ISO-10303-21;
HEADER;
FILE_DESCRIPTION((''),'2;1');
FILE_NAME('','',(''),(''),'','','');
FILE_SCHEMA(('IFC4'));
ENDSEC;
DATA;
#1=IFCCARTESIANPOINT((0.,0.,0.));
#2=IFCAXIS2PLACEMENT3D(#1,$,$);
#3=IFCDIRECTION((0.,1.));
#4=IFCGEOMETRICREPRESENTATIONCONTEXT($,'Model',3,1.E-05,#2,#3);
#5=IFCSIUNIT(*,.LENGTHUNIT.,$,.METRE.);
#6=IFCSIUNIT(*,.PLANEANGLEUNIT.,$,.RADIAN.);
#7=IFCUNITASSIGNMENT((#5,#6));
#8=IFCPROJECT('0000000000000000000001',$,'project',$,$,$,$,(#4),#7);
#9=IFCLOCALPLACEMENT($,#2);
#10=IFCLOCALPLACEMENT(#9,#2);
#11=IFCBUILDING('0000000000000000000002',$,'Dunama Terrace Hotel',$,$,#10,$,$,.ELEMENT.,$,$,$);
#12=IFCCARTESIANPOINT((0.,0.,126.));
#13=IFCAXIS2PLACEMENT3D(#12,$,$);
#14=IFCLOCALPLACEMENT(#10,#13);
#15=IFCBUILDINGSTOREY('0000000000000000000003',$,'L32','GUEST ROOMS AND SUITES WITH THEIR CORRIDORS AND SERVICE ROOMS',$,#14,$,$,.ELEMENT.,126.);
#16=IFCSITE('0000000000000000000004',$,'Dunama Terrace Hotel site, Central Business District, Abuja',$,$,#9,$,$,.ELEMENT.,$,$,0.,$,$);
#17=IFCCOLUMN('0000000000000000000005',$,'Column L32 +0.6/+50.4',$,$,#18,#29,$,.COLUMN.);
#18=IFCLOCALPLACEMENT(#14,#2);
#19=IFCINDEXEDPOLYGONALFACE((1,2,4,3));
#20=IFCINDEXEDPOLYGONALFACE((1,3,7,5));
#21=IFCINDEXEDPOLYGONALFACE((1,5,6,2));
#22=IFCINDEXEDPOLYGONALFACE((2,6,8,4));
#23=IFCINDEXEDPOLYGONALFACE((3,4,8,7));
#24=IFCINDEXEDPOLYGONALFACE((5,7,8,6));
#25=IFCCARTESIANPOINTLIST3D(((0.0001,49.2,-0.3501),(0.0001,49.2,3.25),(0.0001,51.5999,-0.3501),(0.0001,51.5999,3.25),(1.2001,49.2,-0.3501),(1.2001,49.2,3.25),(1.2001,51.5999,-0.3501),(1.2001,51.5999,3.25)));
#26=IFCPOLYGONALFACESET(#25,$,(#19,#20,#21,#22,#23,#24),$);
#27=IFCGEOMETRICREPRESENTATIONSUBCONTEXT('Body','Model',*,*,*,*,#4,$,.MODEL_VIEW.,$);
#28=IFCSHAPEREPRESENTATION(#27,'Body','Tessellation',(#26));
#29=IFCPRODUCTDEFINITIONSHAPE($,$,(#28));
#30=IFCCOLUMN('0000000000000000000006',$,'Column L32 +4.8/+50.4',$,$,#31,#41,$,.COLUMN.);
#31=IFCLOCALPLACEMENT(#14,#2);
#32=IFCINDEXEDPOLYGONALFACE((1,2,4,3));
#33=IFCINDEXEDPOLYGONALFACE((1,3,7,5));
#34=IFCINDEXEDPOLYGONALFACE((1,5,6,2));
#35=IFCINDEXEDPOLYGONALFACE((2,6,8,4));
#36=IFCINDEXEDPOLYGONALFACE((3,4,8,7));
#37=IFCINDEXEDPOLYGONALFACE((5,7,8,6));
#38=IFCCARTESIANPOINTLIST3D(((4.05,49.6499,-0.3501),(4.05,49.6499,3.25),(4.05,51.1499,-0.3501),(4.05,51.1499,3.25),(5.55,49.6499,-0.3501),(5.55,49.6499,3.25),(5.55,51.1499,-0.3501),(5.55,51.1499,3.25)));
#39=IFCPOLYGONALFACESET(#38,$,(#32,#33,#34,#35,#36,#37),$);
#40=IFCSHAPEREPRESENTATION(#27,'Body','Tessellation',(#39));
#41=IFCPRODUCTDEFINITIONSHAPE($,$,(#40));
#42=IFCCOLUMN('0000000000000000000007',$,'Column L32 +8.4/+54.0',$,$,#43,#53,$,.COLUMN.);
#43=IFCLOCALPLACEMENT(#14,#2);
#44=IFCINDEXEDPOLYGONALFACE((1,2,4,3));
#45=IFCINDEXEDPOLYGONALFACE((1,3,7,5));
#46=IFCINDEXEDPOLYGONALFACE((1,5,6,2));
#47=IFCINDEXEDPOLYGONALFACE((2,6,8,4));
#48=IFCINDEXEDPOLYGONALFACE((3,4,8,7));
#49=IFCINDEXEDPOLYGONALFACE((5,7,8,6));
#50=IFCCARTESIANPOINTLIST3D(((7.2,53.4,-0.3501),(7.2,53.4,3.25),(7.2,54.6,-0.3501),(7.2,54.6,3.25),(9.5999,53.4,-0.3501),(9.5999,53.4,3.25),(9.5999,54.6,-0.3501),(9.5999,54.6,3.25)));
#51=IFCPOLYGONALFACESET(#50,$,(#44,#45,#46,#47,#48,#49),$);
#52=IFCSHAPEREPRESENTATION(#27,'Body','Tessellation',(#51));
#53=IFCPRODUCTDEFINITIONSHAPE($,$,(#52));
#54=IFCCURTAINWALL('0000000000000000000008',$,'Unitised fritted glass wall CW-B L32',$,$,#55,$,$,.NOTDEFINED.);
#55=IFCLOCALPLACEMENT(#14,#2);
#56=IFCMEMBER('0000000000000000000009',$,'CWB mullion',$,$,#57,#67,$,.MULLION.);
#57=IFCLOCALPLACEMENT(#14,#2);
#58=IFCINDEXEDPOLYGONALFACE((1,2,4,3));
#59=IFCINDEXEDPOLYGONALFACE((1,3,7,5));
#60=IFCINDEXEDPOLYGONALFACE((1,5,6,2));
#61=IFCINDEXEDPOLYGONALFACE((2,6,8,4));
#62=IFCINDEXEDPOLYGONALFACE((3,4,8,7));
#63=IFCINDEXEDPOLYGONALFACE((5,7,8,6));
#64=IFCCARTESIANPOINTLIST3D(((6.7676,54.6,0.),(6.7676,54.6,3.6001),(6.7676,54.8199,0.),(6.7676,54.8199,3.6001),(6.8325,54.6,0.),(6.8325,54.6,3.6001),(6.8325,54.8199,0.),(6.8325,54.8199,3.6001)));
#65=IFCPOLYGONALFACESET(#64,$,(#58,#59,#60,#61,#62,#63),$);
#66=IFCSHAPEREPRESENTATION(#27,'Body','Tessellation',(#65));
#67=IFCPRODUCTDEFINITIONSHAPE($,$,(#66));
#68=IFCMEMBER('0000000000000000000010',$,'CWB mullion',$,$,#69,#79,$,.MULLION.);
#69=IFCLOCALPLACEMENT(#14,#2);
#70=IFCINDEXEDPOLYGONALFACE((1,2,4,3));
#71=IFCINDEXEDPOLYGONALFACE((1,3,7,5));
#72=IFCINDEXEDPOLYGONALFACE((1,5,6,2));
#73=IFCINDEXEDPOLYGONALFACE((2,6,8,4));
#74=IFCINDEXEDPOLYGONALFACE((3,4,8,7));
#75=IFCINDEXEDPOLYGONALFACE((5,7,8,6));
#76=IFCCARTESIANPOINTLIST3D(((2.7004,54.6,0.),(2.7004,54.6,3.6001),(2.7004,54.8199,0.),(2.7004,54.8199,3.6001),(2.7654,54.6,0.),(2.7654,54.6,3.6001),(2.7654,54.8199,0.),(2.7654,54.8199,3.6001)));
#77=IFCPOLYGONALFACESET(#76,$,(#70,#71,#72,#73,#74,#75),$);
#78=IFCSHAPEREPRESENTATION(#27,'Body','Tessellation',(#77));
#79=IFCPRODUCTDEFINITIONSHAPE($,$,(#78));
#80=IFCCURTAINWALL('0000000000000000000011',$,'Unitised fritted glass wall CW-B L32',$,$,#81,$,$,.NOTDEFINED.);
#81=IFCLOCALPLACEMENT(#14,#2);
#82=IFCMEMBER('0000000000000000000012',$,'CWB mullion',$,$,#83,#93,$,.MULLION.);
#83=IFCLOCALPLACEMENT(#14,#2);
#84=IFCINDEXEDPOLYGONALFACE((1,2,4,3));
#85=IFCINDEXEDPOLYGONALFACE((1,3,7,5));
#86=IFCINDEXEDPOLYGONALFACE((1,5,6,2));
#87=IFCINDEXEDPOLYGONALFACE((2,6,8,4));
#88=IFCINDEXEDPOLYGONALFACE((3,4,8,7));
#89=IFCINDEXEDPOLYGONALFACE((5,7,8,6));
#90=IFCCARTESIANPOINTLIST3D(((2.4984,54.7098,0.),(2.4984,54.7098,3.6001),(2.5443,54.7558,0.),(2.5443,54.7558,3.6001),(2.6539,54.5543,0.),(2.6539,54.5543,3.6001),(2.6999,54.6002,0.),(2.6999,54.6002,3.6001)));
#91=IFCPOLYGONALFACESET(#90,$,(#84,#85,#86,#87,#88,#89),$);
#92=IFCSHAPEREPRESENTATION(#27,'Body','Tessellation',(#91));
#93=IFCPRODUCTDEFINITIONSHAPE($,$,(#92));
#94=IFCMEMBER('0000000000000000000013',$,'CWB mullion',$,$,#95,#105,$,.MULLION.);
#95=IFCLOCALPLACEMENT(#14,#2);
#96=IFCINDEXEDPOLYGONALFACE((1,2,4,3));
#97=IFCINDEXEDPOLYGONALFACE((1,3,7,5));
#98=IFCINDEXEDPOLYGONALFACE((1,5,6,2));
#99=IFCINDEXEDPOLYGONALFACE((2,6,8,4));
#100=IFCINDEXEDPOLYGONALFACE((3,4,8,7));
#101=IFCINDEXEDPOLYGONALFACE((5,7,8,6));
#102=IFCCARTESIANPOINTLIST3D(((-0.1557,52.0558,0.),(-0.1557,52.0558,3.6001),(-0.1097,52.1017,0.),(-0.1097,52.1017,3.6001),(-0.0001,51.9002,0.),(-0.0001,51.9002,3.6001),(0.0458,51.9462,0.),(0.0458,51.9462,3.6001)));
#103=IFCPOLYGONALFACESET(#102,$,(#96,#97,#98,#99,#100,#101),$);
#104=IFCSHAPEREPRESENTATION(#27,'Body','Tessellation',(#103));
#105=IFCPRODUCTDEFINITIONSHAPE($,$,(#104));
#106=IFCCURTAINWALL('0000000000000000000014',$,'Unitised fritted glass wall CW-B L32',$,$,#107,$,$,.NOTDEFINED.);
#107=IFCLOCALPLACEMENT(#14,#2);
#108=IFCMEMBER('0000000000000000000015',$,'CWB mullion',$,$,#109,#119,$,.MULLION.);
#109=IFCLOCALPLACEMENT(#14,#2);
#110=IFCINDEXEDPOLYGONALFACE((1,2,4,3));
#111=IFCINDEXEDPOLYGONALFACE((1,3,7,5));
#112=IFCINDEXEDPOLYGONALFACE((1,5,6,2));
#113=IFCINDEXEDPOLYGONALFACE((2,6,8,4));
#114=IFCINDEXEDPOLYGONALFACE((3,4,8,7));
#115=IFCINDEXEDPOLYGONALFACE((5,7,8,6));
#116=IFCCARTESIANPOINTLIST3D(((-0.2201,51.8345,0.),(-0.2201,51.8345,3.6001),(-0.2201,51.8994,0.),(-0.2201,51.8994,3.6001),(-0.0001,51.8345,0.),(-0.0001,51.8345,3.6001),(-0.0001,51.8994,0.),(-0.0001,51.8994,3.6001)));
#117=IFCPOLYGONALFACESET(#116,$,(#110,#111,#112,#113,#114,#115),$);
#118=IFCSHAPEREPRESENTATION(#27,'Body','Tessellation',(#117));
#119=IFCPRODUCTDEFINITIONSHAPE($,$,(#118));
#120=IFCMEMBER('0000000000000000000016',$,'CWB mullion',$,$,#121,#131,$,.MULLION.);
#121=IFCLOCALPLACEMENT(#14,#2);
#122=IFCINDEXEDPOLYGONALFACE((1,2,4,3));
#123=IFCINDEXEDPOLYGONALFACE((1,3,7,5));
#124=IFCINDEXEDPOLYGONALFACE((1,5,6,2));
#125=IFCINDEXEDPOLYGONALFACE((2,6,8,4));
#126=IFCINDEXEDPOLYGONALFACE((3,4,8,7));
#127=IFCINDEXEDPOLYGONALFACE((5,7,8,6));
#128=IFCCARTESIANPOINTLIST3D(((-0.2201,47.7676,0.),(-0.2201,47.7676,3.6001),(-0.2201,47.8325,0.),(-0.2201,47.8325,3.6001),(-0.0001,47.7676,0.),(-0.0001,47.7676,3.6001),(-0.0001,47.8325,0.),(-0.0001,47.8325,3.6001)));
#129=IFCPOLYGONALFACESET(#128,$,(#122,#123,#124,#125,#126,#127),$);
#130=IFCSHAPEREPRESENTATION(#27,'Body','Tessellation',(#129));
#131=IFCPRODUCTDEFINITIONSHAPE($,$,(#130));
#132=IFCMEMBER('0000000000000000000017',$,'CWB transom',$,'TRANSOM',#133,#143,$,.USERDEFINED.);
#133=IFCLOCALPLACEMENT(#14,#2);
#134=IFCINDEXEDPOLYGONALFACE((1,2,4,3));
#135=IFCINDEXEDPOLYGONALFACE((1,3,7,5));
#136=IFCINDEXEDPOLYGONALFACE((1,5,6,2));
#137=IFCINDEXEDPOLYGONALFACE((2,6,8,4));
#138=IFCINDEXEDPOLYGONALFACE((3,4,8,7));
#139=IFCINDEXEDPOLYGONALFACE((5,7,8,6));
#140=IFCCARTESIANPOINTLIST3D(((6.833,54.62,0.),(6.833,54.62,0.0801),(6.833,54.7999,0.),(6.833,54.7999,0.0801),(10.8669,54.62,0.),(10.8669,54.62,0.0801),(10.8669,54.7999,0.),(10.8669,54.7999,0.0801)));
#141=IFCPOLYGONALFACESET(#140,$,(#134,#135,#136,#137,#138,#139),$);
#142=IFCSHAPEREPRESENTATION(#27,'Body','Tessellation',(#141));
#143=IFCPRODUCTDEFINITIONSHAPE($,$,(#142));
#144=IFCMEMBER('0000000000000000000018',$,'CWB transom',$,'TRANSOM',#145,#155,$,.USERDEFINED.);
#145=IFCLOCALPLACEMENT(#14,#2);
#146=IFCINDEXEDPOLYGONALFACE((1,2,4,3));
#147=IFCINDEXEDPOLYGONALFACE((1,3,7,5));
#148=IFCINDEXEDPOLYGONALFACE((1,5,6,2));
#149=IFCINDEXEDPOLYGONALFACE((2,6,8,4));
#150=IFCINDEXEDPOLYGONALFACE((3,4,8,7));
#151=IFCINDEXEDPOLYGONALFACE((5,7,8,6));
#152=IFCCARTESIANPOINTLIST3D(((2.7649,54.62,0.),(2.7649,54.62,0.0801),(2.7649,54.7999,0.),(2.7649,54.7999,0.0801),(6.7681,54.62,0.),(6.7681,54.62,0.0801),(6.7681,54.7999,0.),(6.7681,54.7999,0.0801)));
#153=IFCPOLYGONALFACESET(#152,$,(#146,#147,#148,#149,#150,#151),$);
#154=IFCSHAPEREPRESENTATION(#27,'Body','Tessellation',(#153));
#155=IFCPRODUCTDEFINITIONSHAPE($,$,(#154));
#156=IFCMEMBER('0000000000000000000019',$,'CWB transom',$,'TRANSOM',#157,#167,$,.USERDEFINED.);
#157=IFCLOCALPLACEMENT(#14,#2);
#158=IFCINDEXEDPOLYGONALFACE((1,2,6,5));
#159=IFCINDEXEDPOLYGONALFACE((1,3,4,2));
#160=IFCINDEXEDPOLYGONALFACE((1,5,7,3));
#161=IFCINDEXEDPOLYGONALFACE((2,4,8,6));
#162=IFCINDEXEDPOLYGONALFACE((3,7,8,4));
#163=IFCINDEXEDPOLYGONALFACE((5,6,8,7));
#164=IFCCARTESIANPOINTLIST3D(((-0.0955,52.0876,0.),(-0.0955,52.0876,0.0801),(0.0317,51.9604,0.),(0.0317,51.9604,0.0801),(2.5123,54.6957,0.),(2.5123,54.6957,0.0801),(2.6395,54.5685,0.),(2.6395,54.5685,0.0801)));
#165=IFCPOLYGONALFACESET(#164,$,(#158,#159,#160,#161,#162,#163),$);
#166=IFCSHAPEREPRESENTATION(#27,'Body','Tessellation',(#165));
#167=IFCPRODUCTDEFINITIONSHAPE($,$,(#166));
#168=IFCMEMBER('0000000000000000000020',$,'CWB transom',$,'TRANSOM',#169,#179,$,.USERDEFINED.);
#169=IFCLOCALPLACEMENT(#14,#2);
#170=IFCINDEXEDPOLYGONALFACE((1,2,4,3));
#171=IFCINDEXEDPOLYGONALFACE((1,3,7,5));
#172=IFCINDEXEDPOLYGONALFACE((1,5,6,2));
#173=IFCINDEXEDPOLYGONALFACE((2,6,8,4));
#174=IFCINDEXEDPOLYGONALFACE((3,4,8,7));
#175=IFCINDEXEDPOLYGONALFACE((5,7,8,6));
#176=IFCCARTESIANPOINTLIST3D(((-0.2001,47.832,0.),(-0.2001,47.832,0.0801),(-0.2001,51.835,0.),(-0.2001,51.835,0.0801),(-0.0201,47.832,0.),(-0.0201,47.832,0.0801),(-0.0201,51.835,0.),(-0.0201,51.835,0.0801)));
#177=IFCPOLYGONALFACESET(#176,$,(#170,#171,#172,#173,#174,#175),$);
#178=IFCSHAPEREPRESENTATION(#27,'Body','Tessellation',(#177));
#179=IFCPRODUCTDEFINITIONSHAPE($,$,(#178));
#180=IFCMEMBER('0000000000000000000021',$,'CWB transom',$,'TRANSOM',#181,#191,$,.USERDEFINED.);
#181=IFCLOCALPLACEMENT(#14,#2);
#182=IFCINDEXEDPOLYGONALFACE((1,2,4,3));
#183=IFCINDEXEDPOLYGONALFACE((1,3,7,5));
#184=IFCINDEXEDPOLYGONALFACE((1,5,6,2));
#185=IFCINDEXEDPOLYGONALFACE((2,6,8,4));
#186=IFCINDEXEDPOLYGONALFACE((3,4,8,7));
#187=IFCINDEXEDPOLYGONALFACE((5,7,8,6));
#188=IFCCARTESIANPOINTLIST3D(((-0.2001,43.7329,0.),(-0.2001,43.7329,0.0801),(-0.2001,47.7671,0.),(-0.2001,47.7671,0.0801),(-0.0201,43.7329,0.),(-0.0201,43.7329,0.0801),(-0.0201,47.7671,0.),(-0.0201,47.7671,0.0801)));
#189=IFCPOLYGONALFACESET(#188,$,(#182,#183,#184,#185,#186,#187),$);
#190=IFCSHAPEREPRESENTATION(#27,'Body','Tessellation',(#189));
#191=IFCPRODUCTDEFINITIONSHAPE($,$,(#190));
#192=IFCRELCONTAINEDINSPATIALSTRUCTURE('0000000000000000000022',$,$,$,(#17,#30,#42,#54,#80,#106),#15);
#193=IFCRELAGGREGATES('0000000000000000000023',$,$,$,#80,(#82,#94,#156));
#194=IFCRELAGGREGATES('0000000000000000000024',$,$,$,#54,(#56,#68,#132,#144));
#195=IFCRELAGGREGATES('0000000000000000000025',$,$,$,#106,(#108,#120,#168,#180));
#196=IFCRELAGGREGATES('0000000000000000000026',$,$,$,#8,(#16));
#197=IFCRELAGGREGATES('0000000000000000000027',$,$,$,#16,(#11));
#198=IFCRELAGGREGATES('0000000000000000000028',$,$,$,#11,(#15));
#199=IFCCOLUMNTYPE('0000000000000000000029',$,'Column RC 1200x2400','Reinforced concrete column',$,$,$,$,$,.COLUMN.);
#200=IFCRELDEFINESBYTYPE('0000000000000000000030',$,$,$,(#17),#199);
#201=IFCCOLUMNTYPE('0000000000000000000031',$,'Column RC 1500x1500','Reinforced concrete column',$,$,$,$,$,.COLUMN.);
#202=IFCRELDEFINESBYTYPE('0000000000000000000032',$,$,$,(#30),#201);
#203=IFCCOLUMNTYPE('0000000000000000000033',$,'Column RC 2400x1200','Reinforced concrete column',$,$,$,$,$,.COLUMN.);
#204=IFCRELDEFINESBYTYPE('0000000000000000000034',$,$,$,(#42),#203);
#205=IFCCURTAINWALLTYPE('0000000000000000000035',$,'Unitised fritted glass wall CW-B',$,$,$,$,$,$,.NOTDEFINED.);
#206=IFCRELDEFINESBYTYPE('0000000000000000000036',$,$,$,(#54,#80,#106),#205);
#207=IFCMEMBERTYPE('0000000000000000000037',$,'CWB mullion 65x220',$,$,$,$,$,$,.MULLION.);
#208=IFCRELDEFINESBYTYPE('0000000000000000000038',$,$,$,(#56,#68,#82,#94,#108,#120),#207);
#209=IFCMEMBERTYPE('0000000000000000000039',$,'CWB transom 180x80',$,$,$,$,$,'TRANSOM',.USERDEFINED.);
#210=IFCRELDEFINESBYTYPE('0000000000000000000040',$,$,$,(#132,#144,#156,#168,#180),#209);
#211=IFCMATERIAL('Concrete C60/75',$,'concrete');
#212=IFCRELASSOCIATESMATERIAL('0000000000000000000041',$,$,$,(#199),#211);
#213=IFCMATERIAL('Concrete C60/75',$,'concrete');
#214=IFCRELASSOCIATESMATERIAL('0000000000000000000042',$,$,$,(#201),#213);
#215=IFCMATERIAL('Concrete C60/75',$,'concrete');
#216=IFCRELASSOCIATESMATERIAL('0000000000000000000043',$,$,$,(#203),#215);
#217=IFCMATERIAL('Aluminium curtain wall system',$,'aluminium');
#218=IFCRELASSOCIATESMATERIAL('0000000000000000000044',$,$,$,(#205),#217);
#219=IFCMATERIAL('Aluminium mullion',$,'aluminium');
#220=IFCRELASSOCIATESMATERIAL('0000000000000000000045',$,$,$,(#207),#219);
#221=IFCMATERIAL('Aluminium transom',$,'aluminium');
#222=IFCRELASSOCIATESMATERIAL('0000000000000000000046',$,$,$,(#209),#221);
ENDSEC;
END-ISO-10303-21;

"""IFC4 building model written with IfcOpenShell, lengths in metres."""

from ifc_helpers import new_model, si_unit, direction, frame, origin, origin_2d, place, context, subcontext, project, spatial, rectangle, extrude, material, material_profile, profile_set, type_object, element, aggregate, save


model = new_model("IFC4")

# Units and contexts
model_context = context("Model", 3, precision=1e-05, world=origin(), true_north=direction((0.0, 1.0)))
body_context = subcontext(model_context, "Body", "Model", "MODEL_VIEW")
ifc_project = project(units=[si_unit("LENGTHUNIT", "METRE"), si_unit("PLANEANGLEUNIT", "RADIAN")], contexts=[model_context])

# Site, building, storey
site_placement = place(None, origin())
site = spatial("IfcSite", under=ifc_project, at=site_placement, Name="Dunama Terrace Hotel site, Central Business District, Abuja", CompositionType="ELEMENT", RefElevation=0.0)
building_placement = place(site_placement, origin())
building = spatial("IfcBuilding", under=site, at=building_placement, Name="Dunama Terrace Hotel", CompositionType="ELEMENT")
storey_placement = place(building_placement, frame((0.0, 0.0, 126.0)))
storey = spatial("IfcBuildingStorey", under=building, at=storey_placement, Name="L32", Description="GUEST ROOMS AND SUITES WITH THEIR CORRIDORS AND SERVICE ROOMS", CompositionType="ELEMENT", Elevation=126.0)

# Columns
ifc_material_1 = material(Name="Concrete C60/75", Category="concrete")
ifc_material_profile_1 = material_profile(ifc_material_1, rectangle(XDim=1.2, YDim=2.3999, at=origin_2d()), Name="RC 1200x2400")
ifc_profile_set_1 = profile_set([ifc_material_profile_1], Name="Concrete C60/75")
column_type_1 = type_object("IfcColumnType", Name="Column RC 1200x2400", Description="Reinforced concrete column", PredefinedType="COLUMN", material=ifc_profile_set_1)
column_1_placement = place(storey_placement, frame((0.6001, 50.3999, -0.3501), z_axis=(0.0, 0.0, 1.0), x_axis=(1.0, 0.0, 0.0)))
element("IfcColumn", 1, at=column_1_placement, inside=storey, type_object=column_type_1, Name="Column L32 +0.6/+50.4", PredefinedType="COLUMN", context=body_context, shape_type="SweptSolid", body=[
    extrude(rectangle(XDim=1.2, YDim=2.3999, at=origin_2d()), origin(), (0.0, 0.0, 1.0), 3.6001),
])
ifc_material_2 = material(Name="Concrete C60/75", Category="concrete")
ifc_material_profile_2 = material_profile(ifc_material_2, rectangle(XDim=1.5, YDim=1.5, at=origin_2d()), Name="RC 1500x1500")
ifc_profile_set_2 = profile_set([ifc_material_profile_2], Name="Concrete C60/75")
column_type_2 = type_object("IfcColumnType", Name="Column RC 1500x1500", Description="Reinforced concrete column", PredefinedType="COLUMN", material=ifc_profile_set_2)
column_2_placement = place(storey_placement, frame((4.8, 50.3999, -0.3501), z_axis=(0.0, 0.0, 1.0), x_axis=(1.0, 0.0, 0.0)))
element("IfcColumn", 2, at=column_2_placement, inside=storey, type_object=column_type_2, Name="Column L32 +4.8/+50.4", PredefinedType="COLUMN", context=body_context, shape_type="SweptSolid", body=[
    extrude(rectangle(XDim=1.5, YDim=1.5, at=origin_2d()), origin(), (0.0, 0.0, 1.0), 3.6001),
])
ifc_material_3 = material(Name="Concrete C60/75", Category="concrete")
ifc_material_profile_3 = material_profile(ifc_material_3, rectangle(XDim=2.3999, YDim=1.2, at=origin_2d()), Name="RC 2400x1200")
ifc_profile_set_3 = profile_set([ifc_material_profile_3], Name="Concrete C60/75")
column_type_3 = type_object("IfcColumnType", Name="Column RC 2400x1200", Description="Reinforced concrete column", PredefinedType="COLUMN", material=ifc_profile_set_3)
column_3_placement = place(storey_placement, frame((8.3999, 54.0, -0.3501), z_axis=(0.0, 0.0, 1.0), x_axis=(1.0, 0.0, 0.0)))
element("IfcColumn", 3, at=column_3_placement, inside=storey, type_object=column_type_3, Name="Column L32 +8.4/+54.0", PredefinedType="COLUMN", context=body_context, shape_type="SweptSolid", body=[
    extrude(rectangle(XDim=2.3999, YDim=1.2, at=origin_2d()), origin(), (0.0, 0.0, 1.0), 3.6001),
])

# Curtain walls, members
ifc_material_4 = material(Name="Aluminium curtain wall system", Category="aluminium")
curtain_wall_type = type_object("IfcCurtainWallType", Name="Unitised fritted glass wall CW-B", PredefinedType="NOTDEFINED", material=ifc_material_4)
curtain_wall_1_placement = place(storey_placement, origin())
curtain_wall_1 = element("IfcCurtainWall", 4, at=curtain_wall_1_placement, inside=storey, type_object=curtain_wall_type, Name="Unitised fritted glass wall CW-B L32", PredefinedType="NOTDEFINED")
ifc_material_5 = material(Name="Aluminium mullion", Category="aluminium")
ifc_material_profile_4 = material_profile(ifc_material_5, rectangle(XDim=0.0649, YDim=0.22, at=origin_2d()), Name="CWB MULLION 65X220")
ifc_profile_set_4 = profile_set([ifc_material_profile_4], Name="Aluminium mullion")
member_type_1 = type_object("IfcMemberType", Name="CWB mullion 65x220", PredefinedType="MULLION", material=ifc_profile_set_4)
member_1_placement = place(storey_placement, frame((6.8, 54.71, 0.0), z_axis=(0.0, 0.0, 1.0), x_axis=(-1.0, 0.0, 0.0)))
member_1 = element("IfcMember", 5, at=member_1_placement, type_object=member_type_1, Name="CWB mullion", PredefinedType="MULLION", context=body_context, shape_type="SweptSolid", body=[
    extrude(rectangle(XDim=0.0649, YDim=0.22, at=origin_2d()), origin(), (0.0, 0.0, 1.0), 3.6001),
])
member_2_placement = place(storey_placement, frame((2.7329, 54.71, 0.0), z_axis=(0.0, 0.0, 1.0), x_axis=(-1.0, 0.0, 0.0)))
member_2 = element("IfcMember", 6, at=member_2_placement, type_object=member_type_1, Name="CWB mullion", PredefinedType="MULLION", context=body_context, shape_type="SweptSolid", body=[
    extrude(rectangle(XDim=0.0649, YDim=0.22, at=origin_2d()), origin(), (0.0, 0.0, 1.0), 3.6001),
])
curtain_wall_2_placement = place(storey_placement, origin())
curtain_wall_2 = element("IfcCurtainWall", 7, at=curtain_wall_2_placement, inside=storey, type_object=curtain_wall_type, Name="Unitised fritted glass wall CW-B L32", PredefinedType="NOTDEFINED")
member_3_placement = place(storey_placement, frame((2.5991, 54.655, 0.0), z_axis=(0.0, 0.0, 1.0), x_axis=(-0.707107, -0.707107, 0.0)))
member_3 = element("IfcMember", 8, at=member_3_placement, type_object=member_type_1, Name="CWB mullion", PredefinedType="MULLION", context=body_context, shape_type="SweptSolid", body=[
    extrude(rectangle(XDim=0.0649, YDim=0.22, at=origin_2d()), origin(), (0.0, 0.0, 1.0), 3.6001),
])
member_4_placement = place(storey_placement, frame((-0.0549, 52.001, 0.0), z_axis=(0.0, 0.0, 1.0), x_axis=(-0.707107, -0.707107, 0.0)))
member_4 = element("IfcMember", 9, at=member_4_placement, type_object=member_type_1, Name="CWB mullion", PredefinedType="MULLION", context=body_context, shape_type="SweptSolid", body=[
    extrude(rectangle(XDim=0.0649, YDim=0.22, at=origin_2d()), origin(), (0.0, 0.0, 1.0), 3.6001),
])
curtain_wall_3_placement = place(storey_placement, origin())
curtain_wall_3 = element("IfcCurtainWall", 10, at=curtain_wall_3_placement, inside=storey, type_object=curtain_wall_type, Name="Unitised fritted glass wall CW-B L32", PredefinedType="NOTDEFINED")
member_5_placement = place(storey_placement, frame((-0.1101, 51.8669, 0.0), z_axis=(0.0, 0.0, 1.0), x_axis=(0.0, -1.0, 0.0)))
member_5 = element("IfcMember", 11, at=member_5_placement, type_object=member_type_1, Name="CWB mullion", PredefinedType="MULLION", context=body_context, shape_type="SweptSolid", body=[
    extrude(rectangle(XDim=0.0649, YDim=0.22, at=origin_2d()), origin(), (0.0, 0.0, 1.0), 3.6001),
])
member_6_placement = place(storey_placement, frame((-0.1101, 47.8, 0.0), z_axis=(0.0, 0.0, 1.0), x_axis=(0.0, -1.0, 0.0)))
member_6 = element("IfcMember", 12, at=member_6_placement, type_object=member_type_1, Name="CWB mullion", PredefinedType="MULLION", context=body_context, shape_type="SweptSolid", body=[
    extrude(rectangle(XDim=0.0649, YDim=0.22, at=origin_2d()), origin(), (0.0, 0.0, 1.0), 3.6001),
])

# Members
ifc_material_6 = material(Name="Aluminium transom", Category="aluminium")
ifc_material_profile_5 = material_profile(ifc_material_6, rectangle(XDim=0.1799, YDim=0.0801, at=origin_2d()), Name="CWB TRANSOM 180X80")
ifc_profile_set_5 = profile_set([ifc_material_profile_5], Name="Aluminium transom")
member_type_2 = type_object("IfcMemberType", Name="CWB transom 180x80", ElementType="TRANSOM", PredefinedType="USERDEFINED", material=ifc_profile_set_5)
member_7_placement = place(storey_placement, frame((10.8669, 54.71, 0.04), z_axis=(-1.0, 0.0, 0.0), x_axis=(0.0, -1.0, 0.0)))
member_7 = element("IfcMember", 13, at=member_7_placement, type_object=member_type_2, Name="CWB transom", ObjectType="TRANSOM", PredefinedType="USERDEFINED", context=body_context, shape_type="SweptSolid", body=[
    extrude(rectangle(XDim=0.1799, YDim=0.0801, at=origin_2d()), origin(), (0.0, 0.0, 1.0), 4.0339),
])
member_8_placement = place(storey_placement, frame((6.7681, 54.71, 0.04), z_axis=(-1.0, 0.0, 0.0), x_axis=(0.0, -1.0, 0.0)))
member_8 = element("IfcMember", 14, at=member_8_placement, type_object=member_type_2, Name="CWB transom", ObjectType="TRANSOM", PredefinedType="USERDEFINED", context=body_context, shape_type="SweptSolid", body=[
    extrude(rectangle(XDim=0.1799, YDim=0.0801, at=origin_2d()), origin(), (0.0, 0.0, 1.0), 4.0032),
])
member_9_placement = place(storey_placement, frame((2.5759, 54.6321, 0.04), z_axis=(-0.707074, -0.70714, 0.0), x_axis=(0.70714, -0.707074, 0.0)))
member_9 = element("IfcMember", 15, at=member_9_placement, type_object=member_type_2, Name="CWB transom", ObjectType="TRANSOM", PredefinedType="USERDEFINED", context=body_context, shape_type="SweptSolid", body=[
    extrude(rectangle(XDim=0.1799, YDim=0.0801, at=origin_2d()), origin(), (0.0, 0.0, 1.0), 3.6882),
])
member_10_placement = place(storey_placement, frame((-0.1101, 51.835, 0.04), z_axis=(0.0, -1.0, 0.0), x_axis=(1.0, 0.0, 0.0)))
member_10 = element("IfcMember", 16, at=member_10_placement, type_object=member_type_2, Name="CWB transom", ObjectType="TRANSOM", PredefinedType="USERDEFINED", context=body_context, shape_type="SweptSolid", body=[
    extrude(rectangle(XDim=0.1799, YDim=0.0801, at=origin_2d()), origin(), (0.0, 0.0, 1.0), 4.0029),
])
member_11_placement = place(storey_placement, frame((-0.1101, 47.7671, 0.04), z_axis=(0.0, -1.0, 0.0), x_axis=(1.0, 0.0, 0.0)))
member_11 = element("IfcMember", 17, at=member_11_placement, type_object=member_type_2, Name="CWB transom", ObjectType="TRANSOM", PredefinedType="USERDEFINED", context=body_context, shape_type="SweptSolid", body=[
    extrude(rectangle(XDim=0.1799, YDim=0.0801, at=origin_2d()), origin(), (0.0, 0.0, 1.0), 4.0342),
])

aggregate(curtain_wall_2, [member_3, member_4, member_9])
aggregate(curtain_wall_1, [member_1, member_2, member_7, member_8])
aggregate(curtain_wall_3, [member_5, member_6, member_10, member_11])

save(model, "model.ifc")
